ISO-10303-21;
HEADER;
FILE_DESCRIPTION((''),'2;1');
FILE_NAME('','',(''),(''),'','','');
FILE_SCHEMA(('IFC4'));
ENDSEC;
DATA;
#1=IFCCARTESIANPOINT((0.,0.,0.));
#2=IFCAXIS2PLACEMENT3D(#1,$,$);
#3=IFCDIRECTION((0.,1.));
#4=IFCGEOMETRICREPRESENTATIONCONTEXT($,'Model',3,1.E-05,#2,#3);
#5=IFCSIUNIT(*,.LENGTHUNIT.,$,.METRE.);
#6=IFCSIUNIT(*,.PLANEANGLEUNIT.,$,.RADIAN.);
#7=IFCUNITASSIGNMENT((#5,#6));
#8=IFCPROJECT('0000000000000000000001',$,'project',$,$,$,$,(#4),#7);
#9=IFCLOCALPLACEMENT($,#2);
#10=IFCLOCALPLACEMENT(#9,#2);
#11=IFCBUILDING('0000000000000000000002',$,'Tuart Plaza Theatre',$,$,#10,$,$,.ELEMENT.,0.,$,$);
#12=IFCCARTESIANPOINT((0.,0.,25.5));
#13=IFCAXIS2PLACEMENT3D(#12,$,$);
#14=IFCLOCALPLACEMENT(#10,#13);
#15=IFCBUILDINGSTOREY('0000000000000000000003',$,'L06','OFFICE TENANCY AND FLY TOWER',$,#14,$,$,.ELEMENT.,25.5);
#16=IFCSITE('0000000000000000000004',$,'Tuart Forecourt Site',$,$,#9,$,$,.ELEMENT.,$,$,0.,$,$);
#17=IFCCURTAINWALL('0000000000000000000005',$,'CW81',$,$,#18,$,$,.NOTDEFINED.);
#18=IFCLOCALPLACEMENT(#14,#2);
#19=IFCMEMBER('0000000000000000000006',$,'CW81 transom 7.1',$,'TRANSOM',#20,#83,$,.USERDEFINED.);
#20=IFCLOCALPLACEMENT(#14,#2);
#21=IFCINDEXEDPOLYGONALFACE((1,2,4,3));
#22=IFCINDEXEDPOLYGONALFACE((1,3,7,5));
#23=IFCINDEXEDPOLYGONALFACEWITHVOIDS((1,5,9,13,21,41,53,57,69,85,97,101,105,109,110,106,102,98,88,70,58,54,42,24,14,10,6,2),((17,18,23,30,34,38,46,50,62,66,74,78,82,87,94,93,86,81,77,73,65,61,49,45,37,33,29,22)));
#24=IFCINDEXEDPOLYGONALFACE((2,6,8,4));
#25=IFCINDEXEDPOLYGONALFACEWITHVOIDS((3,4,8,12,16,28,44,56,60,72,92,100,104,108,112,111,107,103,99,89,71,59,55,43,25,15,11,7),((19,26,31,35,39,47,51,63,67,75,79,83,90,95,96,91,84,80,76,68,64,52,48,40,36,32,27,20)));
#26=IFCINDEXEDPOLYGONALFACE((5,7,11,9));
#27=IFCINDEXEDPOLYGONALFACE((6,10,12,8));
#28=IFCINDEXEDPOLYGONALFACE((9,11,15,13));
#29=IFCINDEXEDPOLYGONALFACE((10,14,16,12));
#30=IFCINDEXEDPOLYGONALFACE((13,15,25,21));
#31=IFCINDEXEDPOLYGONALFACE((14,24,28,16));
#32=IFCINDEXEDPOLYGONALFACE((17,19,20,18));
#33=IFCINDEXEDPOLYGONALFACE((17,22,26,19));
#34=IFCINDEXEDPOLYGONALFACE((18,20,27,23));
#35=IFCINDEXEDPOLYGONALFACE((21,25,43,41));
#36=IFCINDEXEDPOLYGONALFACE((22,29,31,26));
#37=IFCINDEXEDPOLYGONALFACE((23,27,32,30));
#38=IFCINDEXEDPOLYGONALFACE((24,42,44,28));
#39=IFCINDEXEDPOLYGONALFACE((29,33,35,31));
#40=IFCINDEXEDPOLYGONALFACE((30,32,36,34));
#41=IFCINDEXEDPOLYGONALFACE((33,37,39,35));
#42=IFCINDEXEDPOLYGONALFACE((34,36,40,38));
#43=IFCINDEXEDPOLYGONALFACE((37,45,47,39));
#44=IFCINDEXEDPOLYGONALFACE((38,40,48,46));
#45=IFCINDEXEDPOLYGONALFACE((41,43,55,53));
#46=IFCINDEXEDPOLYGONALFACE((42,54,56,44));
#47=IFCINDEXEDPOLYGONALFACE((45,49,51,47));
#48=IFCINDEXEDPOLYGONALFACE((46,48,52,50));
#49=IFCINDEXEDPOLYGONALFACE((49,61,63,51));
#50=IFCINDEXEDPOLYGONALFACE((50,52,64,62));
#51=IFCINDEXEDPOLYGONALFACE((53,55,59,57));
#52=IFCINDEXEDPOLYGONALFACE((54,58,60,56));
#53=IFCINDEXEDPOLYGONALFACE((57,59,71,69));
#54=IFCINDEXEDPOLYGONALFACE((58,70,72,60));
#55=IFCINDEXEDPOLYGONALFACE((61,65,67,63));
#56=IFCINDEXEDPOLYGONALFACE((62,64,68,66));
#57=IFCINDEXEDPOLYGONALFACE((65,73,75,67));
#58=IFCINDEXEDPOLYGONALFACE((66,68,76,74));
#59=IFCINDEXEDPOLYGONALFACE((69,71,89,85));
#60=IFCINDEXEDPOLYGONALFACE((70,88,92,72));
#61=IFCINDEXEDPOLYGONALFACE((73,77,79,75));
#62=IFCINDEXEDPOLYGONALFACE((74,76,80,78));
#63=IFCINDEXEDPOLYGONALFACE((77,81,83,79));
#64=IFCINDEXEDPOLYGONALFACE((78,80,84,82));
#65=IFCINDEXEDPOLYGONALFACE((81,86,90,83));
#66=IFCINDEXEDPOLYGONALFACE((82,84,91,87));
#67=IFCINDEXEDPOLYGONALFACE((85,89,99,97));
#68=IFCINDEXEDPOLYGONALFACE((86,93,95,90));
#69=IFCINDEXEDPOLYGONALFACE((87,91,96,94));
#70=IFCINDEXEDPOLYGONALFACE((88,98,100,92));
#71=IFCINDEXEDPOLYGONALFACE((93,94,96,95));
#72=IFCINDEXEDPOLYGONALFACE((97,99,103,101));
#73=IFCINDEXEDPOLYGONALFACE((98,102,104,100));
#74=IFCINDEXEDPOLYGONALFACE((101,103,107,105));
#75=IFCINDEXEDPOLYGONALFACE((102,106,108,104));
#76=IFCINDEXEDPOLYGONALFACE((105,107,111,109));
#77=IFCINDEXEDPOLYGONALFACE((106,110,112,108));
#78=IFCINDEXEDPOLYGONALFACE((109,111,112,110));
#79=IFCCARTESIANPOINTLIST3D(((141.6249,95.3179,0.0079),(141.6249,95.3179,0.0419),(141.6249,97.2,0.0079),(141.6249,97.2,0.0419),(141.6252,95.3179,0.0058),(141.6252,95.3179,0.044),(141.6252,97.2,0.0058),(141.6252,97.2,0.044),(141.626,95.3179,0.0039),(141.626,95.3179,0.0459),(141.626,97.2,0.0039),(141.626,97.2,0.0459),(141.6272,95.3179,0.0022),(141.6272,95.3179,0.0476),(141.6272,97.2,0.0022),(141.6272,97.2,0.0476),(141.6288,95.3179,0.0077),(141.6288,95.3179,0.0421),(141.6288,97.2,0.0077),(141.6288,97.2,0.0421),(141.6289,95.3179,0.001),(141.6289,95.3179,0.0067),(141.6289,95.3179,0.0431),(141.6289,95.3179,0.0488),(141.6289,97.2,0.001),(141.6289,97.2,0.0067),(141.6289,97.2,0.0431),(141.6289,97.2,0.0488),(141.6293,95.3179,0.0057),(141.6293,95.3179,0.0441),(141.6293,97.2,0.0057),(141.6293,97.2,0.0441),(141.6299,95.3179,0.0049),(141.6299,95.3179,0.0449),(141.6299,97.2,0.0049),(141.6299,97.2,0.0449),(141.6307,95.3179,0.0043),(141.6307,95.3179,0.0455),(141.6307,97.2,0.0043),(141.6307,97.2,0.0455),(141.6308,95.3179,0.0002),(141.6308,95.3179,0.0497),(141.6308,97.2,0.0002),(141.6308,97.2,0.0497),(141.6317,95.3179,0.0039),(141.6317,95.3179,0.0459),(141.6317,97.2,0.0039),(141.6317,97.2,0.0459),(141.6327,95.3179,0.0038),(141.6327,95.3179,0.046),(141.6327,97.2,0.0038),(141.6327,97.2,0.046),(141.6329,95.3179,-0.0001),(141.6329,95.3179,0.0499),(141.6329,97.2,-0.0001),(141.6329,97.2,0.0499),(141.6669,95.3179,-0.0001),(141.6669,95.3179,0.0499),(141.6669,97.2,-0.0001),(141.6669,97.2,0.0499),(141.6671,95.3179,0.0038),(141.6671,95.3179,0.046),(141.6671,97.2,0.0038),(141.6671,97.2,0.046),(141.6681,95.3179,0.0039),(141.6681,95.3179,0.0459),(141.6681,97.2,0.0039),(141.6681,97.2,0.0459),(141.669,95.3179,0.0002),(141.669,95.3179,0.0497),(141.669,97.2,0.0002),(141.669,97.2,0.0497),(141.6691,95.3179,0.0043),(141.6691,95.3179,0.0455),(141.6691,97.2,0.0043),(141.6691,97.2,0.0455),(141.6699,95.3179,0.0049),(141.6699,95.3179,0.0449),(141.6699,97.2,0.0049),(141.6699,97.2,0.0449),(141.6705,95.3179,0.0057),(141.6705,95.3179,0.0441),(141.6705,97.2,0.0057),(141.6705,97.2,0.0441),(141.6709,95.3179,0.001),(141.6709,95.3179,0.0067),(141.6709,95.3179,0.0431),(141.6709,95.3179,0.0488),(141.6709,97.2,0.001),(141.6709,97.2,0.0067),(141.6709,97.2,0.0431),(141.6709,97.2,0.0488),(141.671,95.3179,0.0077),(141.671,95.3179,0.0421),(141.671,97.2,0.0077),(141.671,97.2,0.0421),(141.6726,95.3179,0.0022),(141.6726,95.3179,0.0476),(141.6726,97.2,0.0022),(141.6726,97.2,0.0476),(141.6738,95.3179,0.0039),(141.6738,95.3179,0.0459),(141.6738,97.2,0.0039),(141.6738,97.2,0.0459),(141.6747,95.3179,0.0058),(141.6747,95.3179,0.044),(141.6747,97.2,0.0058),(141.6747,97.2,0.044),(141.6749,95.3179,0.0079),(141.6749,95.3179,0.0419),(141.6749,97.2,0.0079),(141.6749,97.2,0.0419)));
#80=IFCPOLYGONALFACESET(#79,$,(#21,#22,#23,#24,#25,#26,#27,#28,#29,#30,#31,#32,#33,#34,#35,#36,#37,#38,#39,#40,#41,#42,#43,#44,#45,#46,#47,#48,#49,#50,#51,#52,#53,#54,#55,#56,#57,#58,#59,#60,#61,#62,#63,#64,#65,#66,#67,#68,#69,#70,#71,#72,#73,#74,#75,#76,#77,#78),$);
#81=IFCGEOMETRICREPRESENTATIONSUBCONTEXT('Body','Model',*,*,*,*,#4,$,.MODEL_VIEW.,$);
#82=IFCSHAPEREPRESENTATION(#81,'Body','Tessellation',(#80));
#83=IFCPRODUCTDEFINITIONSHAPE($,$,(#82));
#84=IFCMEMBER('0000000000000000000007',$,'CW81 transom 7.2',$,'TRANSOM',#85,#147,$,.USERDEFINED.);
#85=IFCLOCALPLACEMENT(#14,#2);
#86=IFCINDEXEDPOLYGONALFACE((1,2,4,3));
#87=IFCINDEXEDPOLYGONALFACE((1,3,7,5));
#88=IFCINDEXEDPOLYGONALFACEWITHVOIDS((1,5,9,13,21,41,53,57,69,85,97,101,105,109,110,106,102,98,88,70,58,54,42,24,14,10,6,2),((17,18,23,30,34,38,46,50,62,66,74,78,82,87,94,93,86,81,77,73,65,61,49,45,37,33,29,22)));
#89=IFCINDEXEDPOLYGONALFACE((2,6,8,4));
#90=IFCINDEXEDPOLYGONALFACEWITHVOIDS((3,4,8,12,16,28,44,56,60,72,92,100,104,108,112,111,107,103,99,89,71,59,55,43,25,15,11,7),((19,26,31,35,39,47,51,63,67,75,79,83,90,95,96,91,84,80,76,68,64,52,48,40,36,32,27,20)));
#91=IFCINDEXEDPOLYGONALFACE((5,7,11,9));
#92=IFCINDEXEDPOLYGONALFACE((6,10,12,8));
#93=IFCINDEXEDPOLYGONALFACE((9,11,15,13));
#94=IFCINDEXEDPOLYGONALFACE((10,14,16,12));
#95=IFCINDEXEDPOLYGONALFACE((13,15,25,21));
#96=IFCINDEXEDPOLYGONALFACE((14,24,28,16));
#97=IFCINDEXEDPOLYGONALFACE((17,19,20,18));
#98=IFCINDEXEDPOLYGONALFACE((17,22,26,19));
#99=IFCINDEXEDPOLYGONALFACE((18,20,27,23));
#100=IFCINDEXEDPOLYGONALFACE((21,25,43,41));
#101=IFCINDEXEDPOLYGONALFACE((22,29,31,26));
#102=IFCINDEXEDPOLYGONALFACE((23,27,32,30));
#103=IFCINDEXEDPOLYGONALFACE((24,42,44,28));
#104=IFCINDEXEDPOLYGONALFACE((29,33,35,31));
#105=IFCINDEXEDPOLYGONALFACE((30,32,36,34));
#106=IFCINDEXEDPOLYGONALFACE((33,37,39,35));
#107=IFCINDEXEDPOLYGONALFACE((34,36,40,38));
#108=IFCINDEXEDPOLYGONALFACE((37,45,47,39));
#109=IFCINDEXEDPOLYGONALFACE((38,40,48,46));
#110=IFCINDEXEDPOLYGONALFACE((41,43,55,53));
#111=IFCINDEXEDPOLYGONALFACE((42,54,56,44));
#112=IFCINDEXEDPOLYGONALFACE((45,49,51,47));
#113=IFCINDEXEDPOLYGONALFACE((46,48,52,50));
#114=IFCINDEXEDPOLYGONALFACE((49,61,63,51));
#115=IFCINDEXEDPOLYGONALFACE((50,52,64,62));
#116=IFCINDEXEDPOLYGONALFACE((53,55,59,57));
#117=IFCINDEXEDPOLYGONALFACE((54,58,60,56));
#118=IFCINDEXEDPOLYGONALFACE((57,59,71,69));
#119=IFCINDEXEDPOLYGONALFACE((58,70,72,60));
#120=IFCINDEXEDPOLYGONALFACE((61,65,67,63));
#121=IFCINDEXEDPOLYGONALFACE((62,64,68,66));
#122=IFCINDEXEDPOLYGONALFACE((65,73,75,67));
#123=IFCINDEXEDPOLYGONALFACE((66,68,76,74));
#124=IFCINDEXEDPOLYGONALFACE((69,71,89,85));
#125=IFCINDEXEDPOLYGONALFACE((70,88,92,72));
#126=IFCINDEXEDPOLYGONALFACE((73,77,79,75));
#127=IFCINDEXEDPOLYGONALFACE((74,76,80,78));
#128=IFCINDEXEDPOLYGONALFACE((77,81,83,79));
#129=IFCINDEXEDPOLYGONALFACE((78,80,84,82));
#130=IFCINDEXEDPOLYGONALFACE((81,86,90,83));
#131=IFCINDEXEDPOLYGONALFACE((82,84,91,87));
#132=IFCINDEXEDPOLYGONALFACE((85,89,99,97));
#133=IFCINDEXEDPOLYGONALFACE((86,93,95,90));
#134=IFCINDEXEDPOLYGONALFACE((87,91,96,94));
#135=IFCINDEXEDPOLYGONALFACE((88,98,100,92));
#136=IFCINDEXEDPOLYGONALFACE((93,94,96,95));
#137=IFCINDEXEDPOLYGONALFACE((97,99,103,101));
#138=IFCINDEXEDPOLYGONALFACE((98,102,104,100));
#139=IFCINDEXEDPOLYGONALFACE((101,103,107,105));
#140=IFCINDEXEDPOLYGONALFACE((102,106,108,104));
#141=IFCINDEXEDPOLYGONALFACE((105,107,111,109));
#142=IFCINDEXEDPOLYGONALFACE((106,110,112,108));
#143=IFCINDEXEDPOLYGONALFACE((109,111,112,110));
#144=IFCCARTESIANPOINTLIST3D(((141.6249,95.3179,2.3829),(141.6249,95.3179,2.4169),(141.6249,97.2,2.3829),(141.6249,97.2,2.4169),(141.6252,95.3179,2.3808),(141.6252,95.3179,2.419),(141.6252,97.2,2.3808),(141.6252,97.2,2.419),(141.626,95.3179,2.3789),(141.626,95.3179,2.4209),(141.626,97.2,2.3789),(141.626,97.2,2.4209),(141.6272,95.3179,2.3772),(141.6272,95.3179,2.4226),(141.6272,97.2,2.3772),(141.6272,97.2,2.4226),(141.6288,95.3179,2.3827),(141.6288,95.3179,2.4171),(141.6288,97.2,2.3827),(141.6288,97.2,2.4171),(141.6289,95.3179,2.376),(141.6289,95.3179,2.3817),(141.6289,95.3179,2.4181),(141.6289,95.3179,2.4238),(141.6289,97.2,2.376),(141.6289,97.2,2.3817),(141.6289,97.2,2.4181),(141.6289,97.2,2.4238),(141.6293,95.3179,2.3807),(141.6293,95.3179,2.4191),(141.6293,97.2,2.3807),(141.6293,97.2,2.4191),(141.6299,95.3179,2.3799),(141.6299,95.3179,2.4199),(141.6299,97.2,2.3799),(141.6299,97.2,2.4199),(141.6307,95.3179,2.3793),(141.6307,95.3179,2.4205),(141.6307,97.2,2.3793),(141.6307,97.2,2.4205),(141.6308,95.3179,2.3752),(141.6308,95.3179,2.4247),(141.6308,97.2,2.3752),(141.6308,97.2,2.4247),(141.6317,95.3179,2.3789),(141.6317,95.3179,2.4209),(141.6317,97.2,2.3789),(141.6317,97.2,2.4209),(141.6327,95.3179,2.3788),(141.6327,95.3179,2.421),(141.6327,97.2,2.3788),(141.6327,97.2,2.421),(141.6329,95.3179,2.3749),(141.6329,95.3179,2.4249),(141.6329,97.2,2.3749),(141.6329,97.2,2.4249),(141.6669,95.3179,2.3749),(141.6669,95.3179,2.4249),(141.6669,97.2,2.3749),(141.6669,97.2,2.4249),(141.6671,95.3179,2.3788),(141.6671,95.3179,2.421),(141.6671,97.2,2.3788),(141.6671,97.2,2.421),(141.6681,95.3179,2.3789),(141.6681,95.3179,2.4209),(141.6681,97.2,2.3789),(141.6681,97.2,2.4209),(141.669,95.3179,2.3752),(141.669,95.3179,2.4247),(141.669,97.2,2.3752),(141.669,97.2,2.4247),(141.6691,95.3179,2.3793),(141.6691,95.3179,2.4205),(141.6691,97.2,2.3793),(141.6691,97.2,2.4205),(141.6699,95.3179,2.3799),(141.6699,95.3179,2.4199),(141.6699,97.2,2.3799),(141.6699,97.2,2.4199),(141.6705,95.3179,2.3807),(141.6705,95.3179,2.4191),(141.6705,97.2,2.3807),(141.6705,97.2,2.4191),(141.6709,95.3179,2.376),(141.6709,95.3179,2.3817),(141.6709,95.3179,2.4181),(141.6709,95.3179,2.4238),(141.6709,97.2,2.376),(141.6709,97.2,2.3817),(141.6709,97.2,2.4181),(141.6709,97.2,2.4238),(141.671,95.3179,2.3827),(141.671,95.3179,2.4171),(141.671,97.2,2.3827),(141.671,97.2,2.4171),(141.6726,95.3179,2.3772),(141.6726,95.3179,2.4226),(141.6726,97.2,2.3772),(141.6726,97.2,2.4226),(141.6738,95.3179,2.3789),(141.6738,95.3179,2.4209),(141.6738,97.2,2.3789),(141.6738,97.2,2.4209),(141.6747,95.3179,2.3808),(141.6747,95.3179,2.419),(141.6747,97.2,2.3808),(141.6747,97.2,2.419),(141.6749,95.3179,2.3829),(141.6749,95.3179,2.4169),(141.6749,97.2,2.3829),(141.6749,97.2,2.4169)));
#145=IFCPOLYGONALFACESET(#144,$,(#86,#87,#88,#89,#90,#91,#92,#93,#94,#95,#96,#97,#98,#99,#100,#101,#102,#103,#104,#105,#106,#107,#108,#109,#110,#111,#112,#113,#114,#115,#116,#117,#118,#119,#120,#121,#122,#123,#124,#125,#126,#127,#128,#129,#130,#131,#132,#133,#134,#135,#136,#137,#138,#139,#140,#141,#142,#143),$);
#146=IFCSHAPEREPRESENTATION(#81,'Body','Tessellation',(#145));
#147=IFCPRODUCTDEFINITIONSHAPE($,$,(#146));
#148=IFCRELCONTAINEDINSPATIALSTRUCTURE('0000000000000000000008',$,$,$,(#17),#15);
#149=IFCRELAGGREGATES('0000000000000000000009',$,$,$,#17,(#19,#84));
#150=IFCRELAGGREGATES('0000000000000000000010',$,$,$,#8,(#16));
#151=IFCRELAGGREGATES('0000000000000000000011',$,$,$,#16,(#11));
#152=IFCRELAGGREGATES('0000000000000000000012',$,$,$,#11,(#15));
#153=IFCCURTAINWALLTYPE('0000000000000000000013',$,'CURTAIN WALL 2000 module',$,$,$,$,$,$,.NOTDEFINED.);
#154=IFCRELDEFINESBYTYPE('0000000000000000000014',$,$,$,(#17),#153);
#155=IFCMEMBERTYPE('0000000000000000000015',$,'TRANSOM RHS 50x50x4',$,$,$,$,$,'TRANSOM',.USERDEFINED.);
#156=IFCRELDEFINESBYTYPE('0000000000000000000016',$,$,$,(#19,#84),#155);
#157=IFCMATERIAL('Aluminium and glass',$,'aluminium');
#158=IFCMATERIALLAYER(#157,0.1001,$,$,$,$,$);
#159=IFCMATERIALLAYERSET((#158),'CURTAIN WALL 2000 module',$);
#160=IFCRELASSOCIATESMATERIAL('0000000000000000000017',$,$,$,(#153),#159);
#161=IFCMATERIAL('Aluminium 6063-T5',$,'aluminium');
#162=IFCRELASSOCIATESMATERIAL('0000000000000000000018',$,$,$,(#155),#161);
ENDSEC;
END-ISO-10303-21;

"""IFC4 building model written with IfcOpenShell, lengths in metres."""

from ifc_helpers import new_model, si_unit, direction, frame, origin, origin_2d, place, context, subcontext, project, spatial, hollow_rectangle, extrude, material, layer, layer_set, material_profile, profile_set, type_object, element, aggregate, save


model = new_model("IFC4")

# Units and contexts
model_context = context("Model", 3, precision=1e-05, world=origin(), true_north=direction((0.0, 1.0)))
body_context = subcontext(model_context, "Body", "Model", "MODEL_VIEW")
ifc_project = project(units=[si_unit("LENGTHUNIT", "METRE"), si_unit("PLANEANGLEUNIT", "RADIAN")], contexts=[model_context])

# Site, building, storey
site_placement = place(None, origin())
site = spatial("IfcSite", under=ifc_project, at=site_placement, Name="Tuart Forecourt Site", CompositionType="ELEMENT", RefElevation=0.0)
building_placement = place(site_placement, origin())
building = spatial("IfcBuilding", under=site, at=building_placement, Name="Tuart Plaza Theatre", CompositionType="ELEMENT", ElevationOfRefHeight=0.0)
storey_placement = place(building_placement, frame((0.0, 0.0, 25.5)))
storey = spatial("IfcBuildingStorey", under=building, at=storey_placement, Name="L06", Description="OFFICE TENANCY AND FLY TOWER", CompositionType="ELEMENT", Elevation=25.5)

# Curtain wall
ifc_material_1 = material(Name="Aluminium and glass", Category="aluminium")
ifc_layer_1 = layer(ifc_material_1, 0.1001)
ifc_layer_set_1 = layer_set([ifc_layer_1], Name="CURTAIN WALL 2000 module")
curtain_wall_type = type_object("IfcCurtainWallType", Name="CURTAIN WALL 2000 module", PredefinedType="NOTDEFINED", material=ifc_layer_set_1)
curtain_wall_1_placement = place(storey_placement, origin())
curtain_wall_1 = element("IfcCurtainWall", 1, at=curtain_wall_1_placement, inside=storey, type_object=curtain_wall_type, Name="CW81", PredefinedType="NOTDEFINED")

# Members
ifc_material_2 = material(Name="Aluminium 6063-T5", Category="aluminium")
ifc_material_profile_1 = material_profile(ifc_material_2, hollow_rectangle(XDim=0.05, YDim=0.05, WallThickness=0.0039, InnerFilletRadius=0.0039, OuterFilletRadius=0.0081, at=origin_2d()), Name="RHS 50x50x4")
ifc_profile_set_1 = profile_set([ifc_material_profile_1], Name="Aluminium 6063-T5")
member_type_1 = type_object("IfcMemberType", Name="TRANSOM RHS 50x50x4", ElementType="TRANSOM", PredefinedType="USERDEFINED", material=ifc_profile_set_1)
member_1_placement = place(storey_placement, frame((141.6499, 95.3179, 0.0249), z_axis=(0.0, 1.0, 0.0), x_axis=(-1.0, 0.0, 0.0)))
member_1 = element("IfcMember", 2, at=member_1_placement, type_object=member_type_1, Name="CW81 transom 7.1", ObjectType="TRANSOM", PredefinedType="USERDEFINED", context=body_context, shape_type="SweptSolid", body=[
    extrude(hollow_rectangle(XDim=0.05, YDim=0.05, WallThickness=0.0039, InnerFilletRadius=0.0039, OuterFilletRadius=0.0081, at=origin_2d()), origin(), (0.0, 0.0, 1.0), 1.8821),
])
member_2_placement = place(storey_placement, frame((141.6499, 95.3179, 2.3999), z_axis=(0.0, 1.0, 0.0), x_axis=(-1.0, 0.0, 0.0)))
member_2 = element("IfcMember", 3, at=member_2_placement, type_object=member_type_1, Name="CW81 transom 7.2", ObjectType="TRANSOM", PredefinedType="USERDEFINED", context=body_context, shape_type="SweptSolid", body=[
    extrude(hollow_rectangle(XDim=0.05, YDim=0.05, WallThickness=0.0039, InnerFilletRadius=0.0039, OuterFilletRadius=0.0081, at=origin_2d()), origin(), (0.0, 0.0, 1.0), 1.8821),
])

aggregate(curtain_wall_1, [member_1, member_2])

save(model, "model.ifc")
